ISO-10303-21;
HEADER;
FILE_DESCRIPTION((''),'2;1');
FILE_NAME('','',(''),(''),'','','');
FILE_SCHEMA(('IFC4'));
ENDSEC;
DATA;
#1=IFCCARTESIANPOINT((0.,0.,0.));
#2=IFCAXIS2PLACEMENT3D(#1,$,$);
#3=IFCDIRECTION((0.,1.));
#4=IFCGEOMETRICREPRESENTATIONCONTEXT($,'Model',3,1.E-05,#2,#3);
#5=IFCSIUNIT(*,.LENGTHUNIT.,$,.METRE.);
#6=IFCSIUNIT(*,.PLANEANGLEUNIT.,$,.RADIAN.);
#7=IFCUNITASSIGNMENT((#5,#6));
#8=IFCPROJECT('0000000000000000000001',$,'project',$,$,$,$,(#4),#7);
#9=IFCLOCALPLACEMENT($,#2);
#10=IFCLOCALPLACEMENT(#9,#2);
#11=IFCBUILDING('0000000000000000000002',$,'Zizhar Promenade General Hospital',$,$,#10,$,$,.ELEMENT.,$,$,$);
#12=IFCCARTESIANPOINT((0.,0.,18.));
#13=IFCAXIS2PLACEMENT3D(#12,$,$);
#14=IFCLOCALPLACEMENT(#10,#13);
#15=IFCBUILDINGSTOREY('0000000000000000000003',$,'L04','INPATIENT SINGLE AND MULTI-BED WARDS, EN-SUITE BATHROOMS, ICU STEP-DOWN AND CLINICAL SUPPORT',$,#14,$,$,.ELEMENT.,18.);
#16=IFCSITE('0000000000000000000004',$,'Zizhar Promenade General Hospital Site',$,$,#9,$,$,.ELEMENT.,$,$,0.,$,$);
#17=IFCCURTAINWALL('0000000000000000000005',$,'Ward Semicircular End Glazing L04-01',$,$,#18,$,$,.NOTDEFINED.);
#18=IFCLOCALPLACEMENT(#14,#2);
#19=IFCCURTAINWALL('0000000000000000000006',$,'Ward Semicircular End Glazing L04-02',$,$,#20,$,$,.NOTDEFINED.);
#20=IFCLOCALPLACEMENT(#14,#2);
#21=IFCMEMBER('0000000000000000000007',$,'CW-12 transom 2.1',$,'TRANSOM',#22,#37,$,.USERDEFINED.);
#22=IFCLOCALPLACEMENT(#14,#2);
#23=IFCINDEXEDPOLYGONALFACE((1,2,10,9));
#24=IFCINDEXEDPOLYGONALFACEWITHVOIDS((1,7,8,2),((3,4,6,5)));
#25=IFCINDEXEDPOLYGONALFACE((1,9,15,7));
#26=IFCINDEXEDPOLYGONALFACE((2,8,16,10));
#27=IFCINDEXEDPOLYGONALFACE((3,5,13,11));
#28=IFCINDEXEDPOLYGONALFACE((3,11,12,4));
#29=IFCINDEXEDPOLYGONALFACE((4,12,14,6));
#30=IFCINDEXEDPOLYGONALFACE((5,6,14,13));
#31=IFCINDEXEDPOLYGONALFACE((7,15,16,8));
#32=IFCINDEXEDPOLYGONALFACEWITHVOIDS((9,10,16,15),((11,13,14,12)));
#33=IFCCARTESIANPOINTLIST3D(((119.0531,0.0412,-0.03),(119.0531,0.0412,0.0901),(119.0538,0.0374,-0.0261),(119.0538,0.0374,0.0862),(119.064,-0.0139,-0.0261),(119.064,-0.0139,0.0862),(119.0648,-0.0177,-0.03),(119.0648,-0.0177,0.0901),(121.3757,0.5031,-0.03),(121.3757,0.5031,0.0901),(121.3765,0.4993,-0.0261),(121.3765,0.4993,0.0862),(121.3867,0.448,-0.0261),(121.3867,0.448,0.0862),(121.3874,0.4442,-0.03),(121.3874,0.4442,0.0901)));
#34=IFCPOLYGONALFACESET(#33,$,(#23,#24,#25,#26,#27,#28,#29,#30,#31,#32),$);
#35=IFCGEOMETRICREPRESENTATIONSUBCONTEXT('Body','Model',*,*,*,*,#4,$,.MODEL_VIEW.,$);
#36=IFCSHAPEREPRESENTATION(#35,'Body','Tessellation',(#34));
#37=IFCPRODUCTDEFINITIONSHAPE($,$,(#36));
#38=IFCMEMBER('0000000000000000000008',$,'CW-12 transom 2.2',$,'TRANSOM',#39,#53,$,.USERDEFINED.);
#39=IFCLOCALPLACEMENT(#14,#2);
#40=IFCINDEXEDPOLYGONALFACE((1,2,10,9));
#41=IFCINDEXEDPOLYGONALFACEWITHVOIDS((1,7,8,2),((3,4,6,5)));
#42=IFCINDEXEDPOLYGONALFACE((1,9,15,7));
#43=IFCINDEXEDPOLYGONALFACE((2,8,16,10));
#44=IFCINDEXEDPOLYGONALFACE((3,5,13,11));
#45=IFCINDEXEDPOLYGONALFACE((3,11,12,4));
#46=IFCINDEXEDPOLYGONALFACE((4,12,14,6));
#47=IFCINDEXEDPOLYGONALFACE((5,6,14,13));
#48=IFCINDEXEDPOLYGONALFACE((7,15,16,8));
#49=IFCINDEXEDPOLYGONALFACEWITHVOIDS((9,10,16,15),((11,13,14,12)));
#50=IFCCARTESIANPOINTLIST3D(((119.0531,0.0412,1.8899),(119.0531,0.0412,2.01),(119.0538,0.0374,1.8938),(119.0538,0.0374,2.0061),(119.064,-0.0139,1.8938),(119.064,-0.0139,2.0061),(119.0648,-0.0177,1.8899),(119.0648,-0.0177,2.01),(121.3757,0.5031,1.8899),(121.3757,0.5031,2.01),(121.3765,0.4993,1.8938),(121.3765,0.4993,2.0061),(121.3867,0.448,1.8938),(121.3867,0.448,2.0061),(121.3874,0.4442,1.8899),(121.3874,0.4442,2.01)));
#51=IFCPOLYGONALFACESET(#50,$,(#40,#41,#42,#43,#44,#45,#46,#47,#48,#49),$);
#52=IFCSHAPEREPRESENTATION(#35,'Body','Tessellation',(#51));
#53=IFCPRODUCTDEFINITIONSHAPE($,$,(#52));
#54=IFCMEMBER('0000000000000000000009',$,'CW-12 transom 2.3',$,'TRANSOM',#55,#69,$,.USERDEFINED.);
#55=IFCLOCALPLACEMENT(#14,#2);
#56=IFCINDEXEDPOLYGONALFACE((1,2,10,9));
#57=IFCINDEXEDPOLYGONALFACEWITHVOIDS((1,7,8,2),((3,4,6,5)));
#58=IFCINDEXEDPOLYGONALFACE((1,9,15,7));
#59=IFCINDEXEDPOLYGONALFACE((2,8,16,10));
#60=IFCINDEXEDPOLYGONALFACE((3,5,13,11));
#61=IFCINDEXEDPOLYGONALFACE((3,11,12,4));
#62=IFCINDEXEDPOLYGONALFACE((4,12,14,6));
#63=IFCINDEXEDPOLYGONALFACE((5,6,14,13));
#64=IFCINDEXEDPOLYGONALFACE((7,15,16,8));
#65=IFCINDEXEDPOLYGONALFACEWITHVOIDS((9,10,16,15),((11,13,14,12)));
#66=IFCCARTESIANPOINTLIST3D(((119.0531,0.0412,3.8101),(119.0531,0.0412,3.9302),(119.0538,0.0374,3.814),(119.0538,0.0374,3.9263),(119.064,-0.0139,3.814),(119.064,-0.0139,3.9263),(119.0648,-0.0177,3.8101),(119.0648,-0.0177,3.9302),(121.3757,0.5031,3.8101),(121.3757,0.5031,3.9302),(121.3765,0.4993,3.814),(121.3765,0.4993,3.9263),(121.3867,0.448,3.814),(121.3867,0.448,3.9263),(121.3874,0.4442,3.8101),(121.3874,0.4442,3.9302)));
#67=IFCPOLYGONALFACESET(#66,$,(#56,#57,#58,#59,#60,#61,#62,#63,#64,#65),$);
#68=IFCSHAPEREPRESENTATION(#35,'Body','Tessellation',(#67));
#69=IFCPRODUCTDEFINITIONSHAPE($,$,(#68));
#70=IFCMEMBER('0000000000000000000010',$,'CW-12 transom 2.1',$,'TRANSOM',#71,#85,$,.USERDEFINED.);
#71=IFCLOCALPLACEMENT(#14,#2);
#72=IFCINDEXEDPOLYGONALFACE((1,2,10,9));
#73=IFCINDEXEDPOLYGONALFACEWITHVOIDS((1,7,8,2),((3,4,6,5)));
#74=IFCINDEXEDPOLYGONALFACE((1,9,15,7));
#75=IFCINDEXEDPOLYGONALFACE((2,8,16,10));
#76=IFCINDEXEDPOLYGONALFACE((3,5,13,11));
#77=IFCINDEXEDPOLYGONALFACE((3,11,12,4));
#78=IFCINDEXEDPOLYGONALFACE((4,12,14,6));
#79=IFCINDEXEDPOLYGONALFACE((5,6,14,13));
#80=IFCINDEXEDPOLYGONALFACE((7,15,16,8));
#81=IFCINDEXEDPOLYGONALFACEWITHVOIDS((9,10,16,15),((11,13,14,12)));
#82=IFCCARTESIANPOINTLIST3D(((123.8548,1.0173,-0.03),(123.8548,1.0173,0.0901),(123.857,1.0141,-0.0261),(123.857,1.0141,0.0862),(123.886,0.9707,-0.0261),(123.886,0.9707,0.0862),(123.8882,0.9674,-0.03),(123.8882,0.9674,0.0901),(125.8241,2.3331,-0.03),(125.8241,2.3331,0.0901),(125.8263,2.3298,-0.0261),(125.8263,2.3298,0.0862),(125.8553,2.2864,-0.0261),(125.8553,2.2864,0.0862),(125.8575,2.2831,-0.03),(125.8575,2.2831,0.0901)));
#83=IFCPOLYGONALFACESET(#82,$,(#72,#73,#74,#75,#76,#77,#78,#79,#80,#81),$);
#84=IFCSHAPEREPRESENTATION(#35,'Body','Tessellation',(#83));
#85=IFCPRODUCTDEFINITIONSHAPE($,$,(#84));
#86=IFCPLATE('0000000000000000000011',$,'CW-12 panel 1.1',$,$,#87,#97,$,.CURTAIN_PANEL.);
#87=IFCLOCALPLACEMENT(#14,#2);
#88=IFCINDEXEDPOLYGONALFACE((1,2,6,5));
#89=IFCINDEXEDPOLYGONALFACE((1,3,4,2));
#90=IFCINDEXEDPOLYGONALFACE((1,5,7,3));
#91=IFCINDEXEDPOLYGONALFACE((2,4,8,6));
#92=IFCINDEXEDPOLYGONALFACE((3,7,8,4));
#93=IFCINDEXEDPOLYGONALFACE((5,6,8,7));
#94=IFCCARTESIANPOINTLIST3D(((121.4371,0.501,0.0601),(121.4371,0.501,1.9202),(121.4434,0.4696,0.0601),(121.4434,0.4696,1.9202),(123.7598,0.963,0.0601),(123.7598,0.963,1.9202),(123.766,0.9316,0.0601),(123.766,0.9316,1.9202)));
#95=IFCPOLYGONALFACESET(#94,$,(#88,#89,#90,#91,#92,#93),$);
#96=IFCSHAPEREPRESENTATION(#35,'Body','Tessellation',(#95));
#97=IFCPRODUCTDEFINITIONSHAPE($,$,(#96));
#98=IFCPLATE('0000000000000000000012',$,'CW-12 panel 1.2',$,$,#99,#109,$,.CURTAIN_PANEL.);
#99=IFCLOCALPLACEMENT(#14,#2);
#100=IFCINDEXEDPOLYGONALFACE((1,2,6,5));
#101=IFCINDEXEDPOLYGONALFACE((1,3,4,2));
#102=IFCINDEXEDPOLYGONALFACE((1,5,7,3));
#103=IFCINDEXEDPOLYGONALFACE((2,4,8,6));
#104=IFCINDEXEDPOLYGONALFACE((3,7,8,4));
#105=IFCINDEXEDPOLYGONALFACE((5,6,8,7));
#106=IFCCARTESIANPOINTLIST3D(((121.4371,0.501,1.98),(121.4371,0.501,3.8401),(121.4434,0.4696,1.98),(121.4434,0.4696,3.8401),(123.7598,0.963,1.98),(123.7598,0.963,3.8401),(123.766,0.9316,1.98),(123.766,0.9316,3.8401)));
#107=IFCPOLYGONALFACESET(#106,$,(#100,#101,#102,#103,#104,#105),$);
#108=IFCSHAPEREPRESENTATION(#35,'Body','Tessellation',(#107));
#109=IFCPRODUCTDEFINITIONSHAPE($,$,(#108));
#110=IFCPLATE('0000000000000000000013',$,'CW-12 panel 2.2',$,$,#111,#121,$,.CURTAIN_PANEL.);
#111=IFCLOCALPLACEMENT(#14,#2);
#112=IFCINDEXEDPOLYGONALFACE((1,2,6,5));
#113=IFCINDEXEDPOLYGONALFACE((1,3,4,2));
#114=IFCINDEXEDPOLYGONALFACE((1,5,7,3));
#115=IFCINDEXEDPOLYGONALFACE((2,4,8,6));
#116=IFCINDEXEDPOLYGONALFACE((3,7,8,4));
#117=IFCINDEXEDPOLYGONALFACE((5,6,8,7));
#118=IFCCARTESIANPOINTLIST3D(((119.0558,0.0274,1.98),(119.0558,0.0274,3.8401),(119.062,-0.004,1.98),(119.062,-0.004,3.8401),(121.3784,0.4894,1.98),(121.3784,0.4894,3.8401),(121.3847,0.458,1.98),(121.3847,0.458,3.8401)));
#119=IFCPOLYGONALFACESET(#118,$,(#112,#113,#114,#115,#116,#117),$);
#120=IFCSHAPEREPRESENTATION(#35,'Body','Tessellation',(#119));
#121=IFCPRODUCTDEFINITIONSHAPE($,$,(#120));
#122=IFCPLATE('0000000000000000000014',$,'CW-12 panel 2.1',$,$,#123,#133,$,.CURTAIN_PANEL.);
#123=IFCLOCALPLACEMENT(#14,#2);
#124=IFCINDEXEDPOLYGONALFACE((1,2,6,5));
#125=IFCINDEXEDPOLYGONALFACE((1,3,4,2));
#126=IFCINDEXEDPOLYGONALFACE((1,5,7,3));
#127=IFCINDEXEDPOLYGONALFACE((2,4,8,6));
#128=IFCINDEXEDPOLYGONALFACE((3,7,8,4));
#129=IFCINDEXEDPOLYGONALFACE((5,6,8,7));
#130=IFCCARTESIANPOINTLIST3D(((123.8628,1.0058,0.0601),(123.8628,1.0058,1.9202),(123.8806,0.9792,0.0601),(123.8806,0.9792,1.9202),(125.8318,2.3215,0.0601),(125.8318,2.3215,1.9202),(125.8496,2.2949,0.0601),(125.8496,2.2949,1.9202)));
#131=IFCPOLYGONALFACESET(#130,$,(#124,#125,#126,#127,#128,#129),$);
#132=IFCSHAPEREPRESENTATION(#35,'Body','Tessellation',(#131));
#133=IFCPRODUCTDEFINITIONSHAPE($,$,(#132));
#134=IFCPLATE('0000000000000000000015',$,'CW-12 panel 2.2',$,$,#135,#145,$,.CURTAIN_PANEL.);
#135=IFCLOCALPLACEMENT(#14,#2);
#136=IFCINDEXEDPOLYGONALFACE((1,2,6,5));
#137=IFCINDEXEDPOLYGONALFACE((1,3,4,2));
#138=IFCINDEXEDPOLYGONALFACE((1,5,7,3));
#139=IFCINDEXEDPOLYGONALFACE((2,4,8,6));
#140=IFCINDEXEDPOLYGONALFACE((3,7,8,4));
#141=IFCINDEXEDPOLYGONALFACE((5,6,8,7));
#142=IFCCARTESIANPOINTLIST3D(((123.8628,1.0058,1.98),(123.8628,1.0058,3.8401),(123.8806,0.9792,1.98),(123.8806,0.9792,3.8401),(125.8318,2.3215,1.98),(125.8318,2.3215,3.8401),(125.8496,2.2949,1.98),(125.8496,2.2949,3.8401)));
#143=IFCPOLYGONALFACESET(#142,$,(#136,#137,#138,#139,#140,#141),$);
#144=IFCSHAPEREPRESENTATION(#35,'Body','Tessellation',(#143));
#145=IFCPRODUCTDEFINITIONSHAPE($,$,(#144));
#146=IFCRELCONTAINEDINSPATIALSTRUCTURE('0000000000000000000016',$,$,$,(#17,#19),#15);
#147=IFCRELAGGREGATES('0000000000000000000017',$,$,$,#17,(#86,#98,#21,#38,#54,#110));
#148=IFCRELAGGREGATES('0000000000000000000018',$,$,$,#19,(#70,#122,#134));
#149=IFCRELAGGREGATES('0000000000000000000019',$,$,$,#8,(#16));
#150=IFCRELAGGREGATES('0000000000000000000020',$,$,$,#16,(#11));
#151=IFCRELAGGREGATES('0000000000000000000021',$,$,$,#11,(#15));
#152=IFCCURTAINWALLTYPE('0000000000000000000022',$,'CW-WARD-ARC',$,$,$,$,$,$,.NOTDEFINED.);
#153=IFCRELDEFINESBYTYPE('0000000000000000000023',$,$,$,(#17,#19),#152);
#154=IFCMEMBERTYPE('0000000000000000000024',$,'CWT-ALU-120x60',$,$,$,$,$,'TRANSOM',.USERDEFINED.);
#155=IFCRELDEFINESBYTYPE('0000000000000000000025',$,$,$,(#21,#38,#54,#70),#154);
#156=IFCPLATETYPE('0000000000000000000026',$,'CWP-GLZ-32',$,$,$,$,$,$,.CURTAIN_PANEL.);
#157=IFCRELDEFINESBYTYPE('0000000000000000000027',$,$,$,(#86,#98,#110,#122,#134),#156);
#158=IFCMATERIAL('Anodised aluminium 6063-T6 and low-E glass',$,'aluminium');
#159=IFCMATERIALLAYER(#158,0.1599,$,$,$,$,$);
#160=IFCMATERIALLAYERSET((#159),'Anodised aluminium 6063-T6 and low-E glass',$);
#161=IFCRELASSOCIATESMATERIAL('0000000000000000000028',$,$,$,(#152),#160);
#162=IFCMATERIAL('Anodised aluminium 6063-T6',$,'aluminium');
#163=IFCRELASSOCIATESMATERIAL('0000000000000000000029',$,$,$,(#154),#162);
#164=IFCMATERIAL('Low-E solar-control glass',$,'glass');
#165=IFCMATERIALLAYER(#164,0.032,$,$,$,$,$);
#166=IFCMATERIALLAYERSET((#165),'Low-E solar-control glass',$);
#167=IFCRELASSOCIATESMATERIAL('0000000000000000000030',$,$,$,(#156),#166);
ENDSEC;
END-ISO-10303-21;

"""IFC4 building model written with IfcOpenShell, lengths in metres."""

from ifc_helpers import new_model, si_unit, direction, frame, origin, origin_2d, place, context, subcontext, project, spatial, rectangle, hollow_rectangle, extrude, material, layer, layer_set, material_profile, profile_set, type_object, element, aggregate, save


model = new_model("IFC4")

# Units and contexts
model_context = context("Model", 3, precision=1e-05, world=origin(), true_north=direction((0.0, 1.0)))
body_context = subcontext(model_context, "Body", "Model", "MODEL_VIEW")
ifc_project = project(units=[si_unit("LENGTHUNIT", "METRE"), si_unit("PLANEANGLEUNIT", "RADIAN")], contexts=[model_context])

# Site, building, storey
site_placement = place(None, origin())
site = spatial("IfcSite", under=ifc_project, at=site_placement, Name="Zizhar Promenade General Hospital Site", CompositionType="ELEMENT", RefElevation=0.0)
building_placement = place(site_placement, origin())
building = spatial("IfcBuilding", under=site, at=building_placement, Name="Zizhar Promenade General Hospital", CompositionType="ELEMENT")
storey_placement = place(building_placement, frame((0.0, 0.0, 18.0)))
storey = spatial("IfcBuildingStorey", under=building, at=storey_placement, Name="L04", Description="INPATIENT SINGLE AND MULTI-BED WARDS, EN-SUITE BATHROOMS, ICU STEP-DOWN AND CLINICAL SUPPORT", CompositionType="ELEMENT", Elevation=18.0)

# Curtain wall
ifc_material_1 = material(Name="Anodised aluminium 6063-T6 and low-E glass", Category="aluminium")
ifc_layer_1 = layer(ifc_material_1, 0.1599)
ifc_layer_set_1 = layer_set([ifc_layer_1], Name="Anodised aluminium 6063-T6 and low-E glass")
curtain_wall_type = type_object("IfcCurtainWallType", Name="CW-WARD-ARC", PredefinedType="NOTDEFINED", material=ifc_layer_set_1)
curtain_wall_1_placement = place(storey_placement, origin())
curtain_wall_1 = element("IfcCurtainWall", 1, at=curtain_wall_1_placement, inside=storey, type_object=curtain_wall_type, Name="Ward Semicircular End Glazing L04-01", PredefinedType="NOTDEFINED")

# Curtain wall
curtain_wall_2_placement = place(storey_placement, origin())
curtain_wall_2 = element("IfcCurtainWall", 2, at=curtain_wall_2_placement, inside=storey, type_object=curtain_wall_type, Name="Ward Semicircular End Glazing L04-02", PredefinedType="NOTDEFINED")

# Members
ifc_material_2 = material(Name="Anodised aluminium 6063-T6", Category="aluminium")
ifc_material_profile_1 = material_profile(ifc_material_2, hollow_rectangle(XDim=0.0601, YDim=0.1201, WallThickness=0.0039, at=origin_2d()))
ifc_profile_set_1 = profile_set([ifc_material_profile_1], Name="Anodised aluminium 6063-T6")
member_type_1 = type_object("IfcMemberType", Name="CWT-ALU-120x60", ElementType="TRANSOM", PredefinedType="USERDEFINED", material=ifc_profile_set_1)
member_1_placement = place(storey_placement, frame((121.3816, 0.4736, 0.03), z_axis=(-0.980794, -0.195045, 0.0), x_axis=(0.195045, -0.980794, 0.0)))
member_1 = element("IfcMember", 3, at=member_1_placement, type_object=member_type_1, Name="CW-12 transom 2.1", ObjectType="TRANSOM", PredefinedType="USERDEFINED", context=body_context, shape_type="SweptSolid", body=[
    extrude(hollow_rectangle(XDim=0.0601, YDim=0.1201, WallThickness=0.0039, at=origin_2d()), origin(), (0.0, 0.0, 1.0), 2.3682),
])
member_2_placement = place(storey_placement, frame((121.3816, 0.4736, 1.95), z_axis=(-0.980794, -0.195045, 0.0), x_axis=(0.195045, -0.980794, 0.0)))
member_2 = element("IfcMember", 4, at=member_2_placement, type_object=member_type_1, Name="CW-12 transom 2.2", ObjectType="TRANSOM", PredefinedType="USERDEFINED", context=body_context, shape_type="SweptSolid", body=[
    extrude(hollow_rectangle(XDim=0.0601, YDim=0.1201, WallThickness=0.0039, at=origin_2d()), origin(), (0.0, 0.0, 1.0), 2.3682),
])
member_3_placement = place(storey_placement, frame((121.3816, 0.4736, 3.8701), z_axis=(-0.980794, -0.195045, 0.0), x_axis=(0.195045, -0.980794, 0.0)))
member_3 = element("IfcMember", 5, at=member_3_placement, type_object=member_type_1, Name="CW-12 transom 2.3", ObjectType="TRANSOM", PredefinedType="USERDEFINED", context=body_context, shape_type="SweptSolid", body=[
    extrude(hollow_rectangle(XDim=0.0601, YDim=0.1201, WallThickness=0.0039, at=origin_2d()), origin(), (0.0, 0.0, 1.0), 2.3682),
])
member_4_placement = place(storey_placement, frame((125.8408, 2.3081, 0.03), z_axis=(-0.831495, -0.555533, 0.0), x_axis=(0.555533, -0.831495, 0.0)))
member_4 = element("IfcMember", 6, at=member_4_placement, type_object=member_type_1, Name="CW-12 transom 2.1", ObjectType="TRANSOM", PredefinedType="USERDEFINED", context=body_context, shape_type="SweptSolid", body=[
    extrude(hollow_rectangle(XDim=0.0601, YDim=0.1201, WallThickness=0.0039, at=origin_2d()), origin(), (0.0, 0.0, 1.0), 2.3684),
])

# Plates
ifc_material_3 = material(Name="Low-E solar-control glass", Category="glass")
ifc_layer_2 = layer(ifc_material_3, 0.032)
ifc_layer_set_2 = layer_set([ifc_layer_2], Name="Low-E solar-control glass")
plate_type = type_object("IfcPlateType", Name="CWP-GLZ-32", PredefinedType="CURTAIN_PANEL", material=ifc_layer_set_2)
plate_1_placement = place(storey_placement, frame((122.6016, 0.7163, 0.0601), z_axis=(0.0, 0.0, 1.0), x_axis=(-0.980786, -0.195087, 0.0)))
plate_1 = element("IfcPlate", 7, at=plate_1_placement, type_object=plate_type, Name="CW-12 panel 1.1", PredefinedType="CURTAIN_PANEL", context=body_context, shape_type="SweptSolid", body=[
    extrude(rectangle(XDim=2.3682, YDim=0.032, at=origin_2d()), origin(), (0.0, 0.0, 1.0), 1.8601),
])
plate_2_placement = place(storey_placement, frame((122.6016, 0.7163, 1.98), z_axis=(0.0, 0.0, 1.0), x_axis=(-0.980786, -0.195087, 0.0)))
plate_2 = element("IfcPlate", 8, at=plate_2_placement, type_object=plate_type, Name="CW-12 panel 1.2", PredefinedType="CURTAIN_PANEL", context=body_context, shape_type="SweptSolid", body=[
    extrude(rectangle(XDim=2.3682, YDim=0.032, at=origin_2d()), origin(), (0.0, 0.0, 1.0), 1.8601),
])
plate_3_placement = place(storey_placement, frame((120.2202, 0.2427, 1.98), z_axis=(0.0, 0.0, 1.0), x_axis=(-0.980786, -0.195087, 0.0)))
plate_3 = element("IfcPlate", 9, at=plate_3_placement, type_object=plate_type, Name="CW-12 panel 2.2", PredefinedType="CURTAIN_PANEL", context=body_context, shape_type="SweptSolid", body=[
    extrude(rectangle(XDim=2.3682, YDim=0.032, at=origin_2d()), origin(), (0.0, 0.0, 1.0), 1.8601),
])
aggregate(curtain_wall_1, [plate_1, plate_2, member_1, member_2, member_3, plate_3])
plate_4_placement = place(storey_placement, frame((124.8562, 1.6504, 0.0601), z_axis=(0.0, 0.0, 1.0), x_axis=(-0.831462, -0.555582, 0.0)))
plate_4 = element("IfcPlate", 10, at=plate_4_placement, type_object=plate_type, Name="CW-12 panel 2.1", PredefinedType="CURTAIN_PANEL", context=body_context, shape_type="SweptSolid", body=[
    extrude(rectangle(XDim=2.3682, YDim=0.032, at=origin_2d()), origin(), (0.0, 0.0, 1.0), 1.8601),
])
plate_5_placement = place(storey_placement, frame((124.8562, 1.6504, 1.98), z_axis=(0.0, 0.0, 1.0), x_axis=(-0.831462, -0.555582, 0.0)))
plate_5 = element("IfcPlate", 11, at=plate_5_placement, type_object=plate_type, Name="CW-12 panel 2.2", PredefinedType="CURTAIN_PANEL", context=body_context, shape_type="SweptSolid", body=[
    extrude(rectangle(XDim=2.3682, YDim=0.032, at=origin_2d()), origin(), (0.0, 0.0, 1.0), 1.8601),
])
aggregate(curtain_wall_2, [member_4, plate_4, plate_5])

save(model, "model.ifc")
